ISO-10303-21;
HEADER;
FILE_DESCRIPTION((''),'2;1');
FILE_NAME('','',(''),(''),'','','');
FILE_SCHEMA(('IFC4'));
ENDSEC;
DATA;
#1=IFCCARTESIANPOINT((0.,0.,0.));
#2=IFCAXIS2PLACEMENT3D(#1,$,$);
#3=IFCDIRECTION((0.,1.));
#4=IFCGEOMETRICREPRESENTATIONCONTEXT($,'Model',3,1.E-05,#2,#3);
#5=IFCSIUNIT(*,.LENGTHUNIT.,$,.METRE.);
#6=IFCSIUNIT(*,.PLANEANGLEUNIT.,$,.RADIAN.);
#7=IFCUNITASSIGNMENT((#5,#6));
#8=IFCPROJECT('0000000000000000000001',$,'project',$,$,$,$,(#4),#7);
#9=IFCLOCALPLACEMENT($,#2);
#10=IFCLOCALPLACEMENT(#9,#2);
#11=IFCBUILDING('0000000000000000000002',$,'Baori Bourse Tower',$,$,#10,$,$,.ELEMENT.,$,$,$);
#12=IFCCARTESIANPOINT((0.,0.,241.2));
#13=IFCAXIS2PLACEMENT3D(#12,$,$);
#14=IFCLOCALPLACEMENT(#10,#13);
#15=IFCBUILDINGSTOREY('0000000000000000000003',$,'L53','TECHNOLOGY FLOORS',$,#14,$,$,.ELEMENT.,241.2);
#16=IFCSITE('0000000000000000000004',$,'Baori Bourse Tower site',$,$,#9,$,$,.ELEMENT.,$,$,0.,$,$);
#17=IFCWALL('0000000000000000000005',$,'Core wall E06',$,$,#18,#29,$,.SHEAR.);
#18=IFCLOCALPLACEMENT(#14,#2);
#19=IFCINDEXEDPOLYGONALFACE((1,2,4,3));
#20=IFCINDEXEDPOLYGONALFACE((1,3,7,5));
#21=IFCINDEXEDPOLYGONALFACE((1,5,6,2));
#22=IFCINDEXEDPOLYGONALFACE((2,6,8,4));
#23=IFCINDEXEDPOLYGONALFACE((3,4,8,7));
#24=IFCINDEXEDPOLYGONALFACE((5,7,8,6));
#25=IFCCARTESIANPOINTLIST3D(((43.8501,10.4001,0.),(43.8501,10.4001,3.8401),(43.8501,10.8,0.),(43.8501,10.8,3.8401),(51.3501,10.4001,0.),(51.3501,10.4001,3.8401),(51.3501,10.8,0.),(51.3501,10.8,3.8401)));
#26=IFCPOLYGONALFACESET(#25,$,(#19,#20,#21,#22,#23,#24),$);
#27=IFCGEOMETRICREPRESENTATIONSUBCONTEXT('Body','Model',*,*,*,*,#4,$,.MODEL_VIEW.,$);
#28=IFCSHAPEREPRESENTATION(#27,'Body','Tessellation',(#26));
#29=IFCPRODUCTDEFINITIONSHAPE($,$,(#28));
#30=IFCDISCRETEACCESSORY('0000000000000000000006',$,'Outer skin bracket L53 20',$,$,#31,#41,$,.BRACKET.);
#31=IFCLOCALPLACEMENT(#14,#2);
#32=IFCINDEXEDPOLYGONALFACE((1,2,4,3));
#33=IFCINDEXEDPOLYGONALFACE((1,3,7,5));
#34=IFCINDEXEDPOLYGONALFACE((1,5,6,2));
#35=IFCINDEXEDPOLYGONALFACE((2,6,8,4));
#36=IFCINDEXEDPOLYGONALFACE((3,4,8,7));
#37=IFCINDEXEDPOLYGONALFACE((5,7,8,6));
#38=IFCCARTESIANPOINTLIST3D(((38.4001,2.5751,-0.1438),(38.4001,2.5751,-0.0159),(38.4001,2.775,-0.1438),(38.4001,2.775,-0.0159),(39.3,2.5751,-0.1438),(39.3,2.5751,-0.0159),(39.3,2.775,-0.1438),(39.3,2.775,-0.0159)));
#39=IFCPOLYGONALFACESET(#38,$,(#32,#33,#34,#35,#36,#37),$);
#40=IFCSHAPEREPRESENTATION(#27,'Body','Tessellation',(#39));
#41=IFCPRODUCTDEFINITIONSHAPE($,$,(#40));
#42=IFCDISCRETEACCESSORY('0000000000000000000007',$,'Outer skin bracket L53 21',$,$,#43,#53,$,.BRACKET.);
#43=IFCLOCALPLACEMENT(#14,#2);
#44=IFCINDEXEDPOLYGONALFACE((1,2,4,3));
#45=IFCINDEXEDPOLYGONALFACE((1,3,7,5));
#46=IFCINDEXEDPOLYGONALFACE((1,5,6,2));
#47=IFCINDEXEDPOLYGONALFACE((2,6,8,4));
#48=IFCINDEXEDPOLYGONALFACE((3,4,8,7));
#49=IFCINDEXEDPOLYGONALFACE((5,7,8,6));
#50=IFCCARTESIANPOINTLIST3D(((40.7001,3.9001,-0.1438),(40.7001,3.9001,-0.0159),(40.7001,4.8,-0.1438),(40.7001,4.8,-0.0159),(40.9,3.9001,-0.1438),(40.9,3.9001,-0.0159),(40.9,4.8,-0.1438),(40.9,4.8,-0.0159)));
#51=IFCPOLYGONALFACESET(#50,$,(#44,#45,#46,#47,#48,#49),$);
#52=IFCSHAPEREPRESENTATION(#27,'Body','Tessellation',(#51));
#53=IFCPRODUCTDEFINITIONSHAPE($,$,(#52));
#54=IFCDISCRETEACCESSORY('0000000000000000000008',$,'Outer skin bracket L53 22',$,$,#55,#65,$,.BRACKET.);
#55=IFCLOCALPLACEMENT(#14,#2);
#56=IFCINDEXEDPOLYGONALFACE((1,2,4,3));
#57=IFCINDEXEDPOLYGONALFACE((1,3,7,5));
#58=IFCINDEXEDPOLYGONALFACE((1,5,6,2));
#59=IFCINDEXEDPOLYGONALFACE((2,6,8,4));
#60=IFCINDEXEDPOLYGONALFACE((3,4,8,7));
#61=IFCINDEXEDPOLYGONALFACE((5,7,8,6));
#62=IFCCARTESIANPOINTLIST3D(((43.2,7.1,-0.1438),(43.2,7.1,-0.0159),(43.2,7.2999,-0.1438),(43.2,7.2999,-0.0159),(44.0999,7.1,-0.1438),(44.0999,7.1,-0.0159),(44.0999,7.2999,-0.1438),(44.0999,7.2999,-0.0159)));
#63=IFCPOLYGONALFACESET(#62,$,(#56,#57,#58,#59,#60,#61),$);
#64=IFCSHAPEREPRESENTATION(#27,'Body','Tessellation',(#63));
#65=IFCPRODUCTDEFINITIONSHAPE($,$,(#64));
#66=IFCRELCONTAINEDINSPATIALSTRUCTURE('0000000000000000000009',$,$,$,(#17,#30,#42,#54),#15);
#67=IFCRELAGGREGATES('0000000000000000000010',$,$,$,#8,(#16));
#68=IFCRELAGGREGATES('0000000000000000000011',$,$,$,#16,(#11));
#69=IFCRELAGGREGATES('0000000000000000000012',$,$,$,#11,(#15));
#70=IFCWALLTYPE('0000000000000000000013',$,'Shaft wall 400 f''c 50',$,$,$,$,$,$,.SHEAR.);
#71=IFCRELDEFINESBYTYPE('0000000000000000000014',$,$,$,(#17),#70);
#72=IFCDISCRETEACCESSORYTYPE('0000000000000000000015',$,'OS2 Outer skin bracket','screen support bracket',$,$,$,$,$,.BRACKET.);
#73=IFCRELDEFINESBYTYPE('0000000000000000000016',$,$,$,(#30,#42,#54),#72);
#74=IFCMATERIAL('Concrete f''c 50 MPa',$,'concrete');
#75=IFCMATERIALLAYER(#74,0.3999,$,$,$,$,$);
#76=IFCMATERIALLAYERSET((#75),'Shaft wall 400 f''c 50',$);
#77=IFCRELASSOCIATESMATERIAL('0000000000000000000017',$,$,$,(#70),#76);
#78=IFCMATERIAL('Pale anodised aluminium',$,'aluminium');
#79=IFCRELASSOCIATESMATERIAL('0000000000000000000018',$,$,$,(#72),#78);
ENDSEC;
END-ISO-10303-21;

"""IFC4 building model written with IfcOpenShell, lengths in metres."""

from ifc_helpers import new_model, si_unit, direction, frame, frame_2d, origin, origin_2d, place, context, subcontext, project, spatial, rectangle, extrude, material, layer, layer_set, type_object, element, save


model = new_model("IFC4")

# Units and contexts
model_context = context("Model", 3, precision=1e-05, world=origin(), true_north=direction((0.0, 1.0)))
body_context = subcontext(model_context, "Body", "Model", "MODEL_VIEW")
ifc_project = project(units=[si_unit("LENGTHUNIT", "METRE"), si_unit("PLANEANGLEUNIT", "RADIAN")], contexts=[model_context])

# Site, building, storey
site_placement = place(None, origin())
site = spatial("IfcSite", under=ifc_project, at=site_placement, Name="Baori Bourse Tower site", CompositionType="ELEMENT", RefElevation=0.0)
building_placement = place(site_placement, origin())
building = spatial("IfcBuilding", under=site, at=building_placement, Name="Baori Bourse Tower", CompositionType="ELEMENT")
storey_placement = place(building_placement, frame((0.0, 0.0, 241.2)))
storey = spatial("IfcBuildingStorey", under=building, at=storey_placement, Name="L53", Description="TECHNOLOGY FLOORS", CompositionType="ELEMENT", Elevation=241.2)

# Wall
ifc_material_1 = material(Name="Concrete f'c 50 MPa", Category="concrete")
ifc_layer_1 = layer(ifc_material_1, 0.3999)
ifc_layer_set_1 = layer_set([ifc_layer_1], Name="Shaft wall 400 f'c 50")
wall_type_1 = type_object("IfcWallType", Name="Shaft wall 400 f'c 50", PredefinedType="SHEAR", material=ifc_layer_set_1)
wall_1_placement = place(storey_placement, frame((43.8501, 10.6001, 0.0), z_axis=(0.0, 0.0, 1.0), x_axis=(1.0, 0.0, 0.0)))
element("IfcWall", 1, at=wall_1_placement, inside=storey, type_object=wall_type_1, Name="Core wall E06", PredefinedType="SHEAR", context=body_context, shape_type="SweptSolid", body=[
    extrude(rectangle(XDim=7.5, YDim=0.3999, at=frame_2d((3.75, 0.0))), origin(), (0.0, 0.0, 1.0), 3.8401),
])

# Discrete accessories
ifc_material_2 = material(Name="Pale anodised aluminium", Category="aluminium")
discrete_accessory_type = type_object("IfcDiscreteAccessoryType", Name="OS2 Outer skin bracket", Description="screen support bracket", PredefinedType="BRACKET", material=ifc_material_2)
for number, where, z_axis, x_axis, name in (
    (2, (38.8501, 2.675, -0.1438), (0.0, 0.0, 1.0), (0.0, 1.0, 0.0), "Outer skin bracket L53 20"),
    (3, (40.8, 4.3501, -0.1438), (0.0, 0.0, 1.0), (1.0, 0.0, 0.0), "Outer skin bracket L53 21"),
    (4, (43.6499, 7.2, -0.1438), (0.0, 0.0, 1.0), (0.0, 1.0, 0.0), "Outer skin bracket L53 22"),
):
    element("IfcDiscreteAccessory", number, at=place(storey_placement, frame(where, z_axis=z_axis, x_axis=x_axis)), inside=storey, type_object=discrete_accessory_type, Name=name, PredefinedType="BRACKET", context=body_context, shape_type="SweptSolid", body=[
        extrude(rectangle(XDim=0.2, YDim=0.8999, at=origin_2d()), origin(), (0.0, 0.0, 1.0), 0.1279),
    ])

save(model, "model.ifc")
